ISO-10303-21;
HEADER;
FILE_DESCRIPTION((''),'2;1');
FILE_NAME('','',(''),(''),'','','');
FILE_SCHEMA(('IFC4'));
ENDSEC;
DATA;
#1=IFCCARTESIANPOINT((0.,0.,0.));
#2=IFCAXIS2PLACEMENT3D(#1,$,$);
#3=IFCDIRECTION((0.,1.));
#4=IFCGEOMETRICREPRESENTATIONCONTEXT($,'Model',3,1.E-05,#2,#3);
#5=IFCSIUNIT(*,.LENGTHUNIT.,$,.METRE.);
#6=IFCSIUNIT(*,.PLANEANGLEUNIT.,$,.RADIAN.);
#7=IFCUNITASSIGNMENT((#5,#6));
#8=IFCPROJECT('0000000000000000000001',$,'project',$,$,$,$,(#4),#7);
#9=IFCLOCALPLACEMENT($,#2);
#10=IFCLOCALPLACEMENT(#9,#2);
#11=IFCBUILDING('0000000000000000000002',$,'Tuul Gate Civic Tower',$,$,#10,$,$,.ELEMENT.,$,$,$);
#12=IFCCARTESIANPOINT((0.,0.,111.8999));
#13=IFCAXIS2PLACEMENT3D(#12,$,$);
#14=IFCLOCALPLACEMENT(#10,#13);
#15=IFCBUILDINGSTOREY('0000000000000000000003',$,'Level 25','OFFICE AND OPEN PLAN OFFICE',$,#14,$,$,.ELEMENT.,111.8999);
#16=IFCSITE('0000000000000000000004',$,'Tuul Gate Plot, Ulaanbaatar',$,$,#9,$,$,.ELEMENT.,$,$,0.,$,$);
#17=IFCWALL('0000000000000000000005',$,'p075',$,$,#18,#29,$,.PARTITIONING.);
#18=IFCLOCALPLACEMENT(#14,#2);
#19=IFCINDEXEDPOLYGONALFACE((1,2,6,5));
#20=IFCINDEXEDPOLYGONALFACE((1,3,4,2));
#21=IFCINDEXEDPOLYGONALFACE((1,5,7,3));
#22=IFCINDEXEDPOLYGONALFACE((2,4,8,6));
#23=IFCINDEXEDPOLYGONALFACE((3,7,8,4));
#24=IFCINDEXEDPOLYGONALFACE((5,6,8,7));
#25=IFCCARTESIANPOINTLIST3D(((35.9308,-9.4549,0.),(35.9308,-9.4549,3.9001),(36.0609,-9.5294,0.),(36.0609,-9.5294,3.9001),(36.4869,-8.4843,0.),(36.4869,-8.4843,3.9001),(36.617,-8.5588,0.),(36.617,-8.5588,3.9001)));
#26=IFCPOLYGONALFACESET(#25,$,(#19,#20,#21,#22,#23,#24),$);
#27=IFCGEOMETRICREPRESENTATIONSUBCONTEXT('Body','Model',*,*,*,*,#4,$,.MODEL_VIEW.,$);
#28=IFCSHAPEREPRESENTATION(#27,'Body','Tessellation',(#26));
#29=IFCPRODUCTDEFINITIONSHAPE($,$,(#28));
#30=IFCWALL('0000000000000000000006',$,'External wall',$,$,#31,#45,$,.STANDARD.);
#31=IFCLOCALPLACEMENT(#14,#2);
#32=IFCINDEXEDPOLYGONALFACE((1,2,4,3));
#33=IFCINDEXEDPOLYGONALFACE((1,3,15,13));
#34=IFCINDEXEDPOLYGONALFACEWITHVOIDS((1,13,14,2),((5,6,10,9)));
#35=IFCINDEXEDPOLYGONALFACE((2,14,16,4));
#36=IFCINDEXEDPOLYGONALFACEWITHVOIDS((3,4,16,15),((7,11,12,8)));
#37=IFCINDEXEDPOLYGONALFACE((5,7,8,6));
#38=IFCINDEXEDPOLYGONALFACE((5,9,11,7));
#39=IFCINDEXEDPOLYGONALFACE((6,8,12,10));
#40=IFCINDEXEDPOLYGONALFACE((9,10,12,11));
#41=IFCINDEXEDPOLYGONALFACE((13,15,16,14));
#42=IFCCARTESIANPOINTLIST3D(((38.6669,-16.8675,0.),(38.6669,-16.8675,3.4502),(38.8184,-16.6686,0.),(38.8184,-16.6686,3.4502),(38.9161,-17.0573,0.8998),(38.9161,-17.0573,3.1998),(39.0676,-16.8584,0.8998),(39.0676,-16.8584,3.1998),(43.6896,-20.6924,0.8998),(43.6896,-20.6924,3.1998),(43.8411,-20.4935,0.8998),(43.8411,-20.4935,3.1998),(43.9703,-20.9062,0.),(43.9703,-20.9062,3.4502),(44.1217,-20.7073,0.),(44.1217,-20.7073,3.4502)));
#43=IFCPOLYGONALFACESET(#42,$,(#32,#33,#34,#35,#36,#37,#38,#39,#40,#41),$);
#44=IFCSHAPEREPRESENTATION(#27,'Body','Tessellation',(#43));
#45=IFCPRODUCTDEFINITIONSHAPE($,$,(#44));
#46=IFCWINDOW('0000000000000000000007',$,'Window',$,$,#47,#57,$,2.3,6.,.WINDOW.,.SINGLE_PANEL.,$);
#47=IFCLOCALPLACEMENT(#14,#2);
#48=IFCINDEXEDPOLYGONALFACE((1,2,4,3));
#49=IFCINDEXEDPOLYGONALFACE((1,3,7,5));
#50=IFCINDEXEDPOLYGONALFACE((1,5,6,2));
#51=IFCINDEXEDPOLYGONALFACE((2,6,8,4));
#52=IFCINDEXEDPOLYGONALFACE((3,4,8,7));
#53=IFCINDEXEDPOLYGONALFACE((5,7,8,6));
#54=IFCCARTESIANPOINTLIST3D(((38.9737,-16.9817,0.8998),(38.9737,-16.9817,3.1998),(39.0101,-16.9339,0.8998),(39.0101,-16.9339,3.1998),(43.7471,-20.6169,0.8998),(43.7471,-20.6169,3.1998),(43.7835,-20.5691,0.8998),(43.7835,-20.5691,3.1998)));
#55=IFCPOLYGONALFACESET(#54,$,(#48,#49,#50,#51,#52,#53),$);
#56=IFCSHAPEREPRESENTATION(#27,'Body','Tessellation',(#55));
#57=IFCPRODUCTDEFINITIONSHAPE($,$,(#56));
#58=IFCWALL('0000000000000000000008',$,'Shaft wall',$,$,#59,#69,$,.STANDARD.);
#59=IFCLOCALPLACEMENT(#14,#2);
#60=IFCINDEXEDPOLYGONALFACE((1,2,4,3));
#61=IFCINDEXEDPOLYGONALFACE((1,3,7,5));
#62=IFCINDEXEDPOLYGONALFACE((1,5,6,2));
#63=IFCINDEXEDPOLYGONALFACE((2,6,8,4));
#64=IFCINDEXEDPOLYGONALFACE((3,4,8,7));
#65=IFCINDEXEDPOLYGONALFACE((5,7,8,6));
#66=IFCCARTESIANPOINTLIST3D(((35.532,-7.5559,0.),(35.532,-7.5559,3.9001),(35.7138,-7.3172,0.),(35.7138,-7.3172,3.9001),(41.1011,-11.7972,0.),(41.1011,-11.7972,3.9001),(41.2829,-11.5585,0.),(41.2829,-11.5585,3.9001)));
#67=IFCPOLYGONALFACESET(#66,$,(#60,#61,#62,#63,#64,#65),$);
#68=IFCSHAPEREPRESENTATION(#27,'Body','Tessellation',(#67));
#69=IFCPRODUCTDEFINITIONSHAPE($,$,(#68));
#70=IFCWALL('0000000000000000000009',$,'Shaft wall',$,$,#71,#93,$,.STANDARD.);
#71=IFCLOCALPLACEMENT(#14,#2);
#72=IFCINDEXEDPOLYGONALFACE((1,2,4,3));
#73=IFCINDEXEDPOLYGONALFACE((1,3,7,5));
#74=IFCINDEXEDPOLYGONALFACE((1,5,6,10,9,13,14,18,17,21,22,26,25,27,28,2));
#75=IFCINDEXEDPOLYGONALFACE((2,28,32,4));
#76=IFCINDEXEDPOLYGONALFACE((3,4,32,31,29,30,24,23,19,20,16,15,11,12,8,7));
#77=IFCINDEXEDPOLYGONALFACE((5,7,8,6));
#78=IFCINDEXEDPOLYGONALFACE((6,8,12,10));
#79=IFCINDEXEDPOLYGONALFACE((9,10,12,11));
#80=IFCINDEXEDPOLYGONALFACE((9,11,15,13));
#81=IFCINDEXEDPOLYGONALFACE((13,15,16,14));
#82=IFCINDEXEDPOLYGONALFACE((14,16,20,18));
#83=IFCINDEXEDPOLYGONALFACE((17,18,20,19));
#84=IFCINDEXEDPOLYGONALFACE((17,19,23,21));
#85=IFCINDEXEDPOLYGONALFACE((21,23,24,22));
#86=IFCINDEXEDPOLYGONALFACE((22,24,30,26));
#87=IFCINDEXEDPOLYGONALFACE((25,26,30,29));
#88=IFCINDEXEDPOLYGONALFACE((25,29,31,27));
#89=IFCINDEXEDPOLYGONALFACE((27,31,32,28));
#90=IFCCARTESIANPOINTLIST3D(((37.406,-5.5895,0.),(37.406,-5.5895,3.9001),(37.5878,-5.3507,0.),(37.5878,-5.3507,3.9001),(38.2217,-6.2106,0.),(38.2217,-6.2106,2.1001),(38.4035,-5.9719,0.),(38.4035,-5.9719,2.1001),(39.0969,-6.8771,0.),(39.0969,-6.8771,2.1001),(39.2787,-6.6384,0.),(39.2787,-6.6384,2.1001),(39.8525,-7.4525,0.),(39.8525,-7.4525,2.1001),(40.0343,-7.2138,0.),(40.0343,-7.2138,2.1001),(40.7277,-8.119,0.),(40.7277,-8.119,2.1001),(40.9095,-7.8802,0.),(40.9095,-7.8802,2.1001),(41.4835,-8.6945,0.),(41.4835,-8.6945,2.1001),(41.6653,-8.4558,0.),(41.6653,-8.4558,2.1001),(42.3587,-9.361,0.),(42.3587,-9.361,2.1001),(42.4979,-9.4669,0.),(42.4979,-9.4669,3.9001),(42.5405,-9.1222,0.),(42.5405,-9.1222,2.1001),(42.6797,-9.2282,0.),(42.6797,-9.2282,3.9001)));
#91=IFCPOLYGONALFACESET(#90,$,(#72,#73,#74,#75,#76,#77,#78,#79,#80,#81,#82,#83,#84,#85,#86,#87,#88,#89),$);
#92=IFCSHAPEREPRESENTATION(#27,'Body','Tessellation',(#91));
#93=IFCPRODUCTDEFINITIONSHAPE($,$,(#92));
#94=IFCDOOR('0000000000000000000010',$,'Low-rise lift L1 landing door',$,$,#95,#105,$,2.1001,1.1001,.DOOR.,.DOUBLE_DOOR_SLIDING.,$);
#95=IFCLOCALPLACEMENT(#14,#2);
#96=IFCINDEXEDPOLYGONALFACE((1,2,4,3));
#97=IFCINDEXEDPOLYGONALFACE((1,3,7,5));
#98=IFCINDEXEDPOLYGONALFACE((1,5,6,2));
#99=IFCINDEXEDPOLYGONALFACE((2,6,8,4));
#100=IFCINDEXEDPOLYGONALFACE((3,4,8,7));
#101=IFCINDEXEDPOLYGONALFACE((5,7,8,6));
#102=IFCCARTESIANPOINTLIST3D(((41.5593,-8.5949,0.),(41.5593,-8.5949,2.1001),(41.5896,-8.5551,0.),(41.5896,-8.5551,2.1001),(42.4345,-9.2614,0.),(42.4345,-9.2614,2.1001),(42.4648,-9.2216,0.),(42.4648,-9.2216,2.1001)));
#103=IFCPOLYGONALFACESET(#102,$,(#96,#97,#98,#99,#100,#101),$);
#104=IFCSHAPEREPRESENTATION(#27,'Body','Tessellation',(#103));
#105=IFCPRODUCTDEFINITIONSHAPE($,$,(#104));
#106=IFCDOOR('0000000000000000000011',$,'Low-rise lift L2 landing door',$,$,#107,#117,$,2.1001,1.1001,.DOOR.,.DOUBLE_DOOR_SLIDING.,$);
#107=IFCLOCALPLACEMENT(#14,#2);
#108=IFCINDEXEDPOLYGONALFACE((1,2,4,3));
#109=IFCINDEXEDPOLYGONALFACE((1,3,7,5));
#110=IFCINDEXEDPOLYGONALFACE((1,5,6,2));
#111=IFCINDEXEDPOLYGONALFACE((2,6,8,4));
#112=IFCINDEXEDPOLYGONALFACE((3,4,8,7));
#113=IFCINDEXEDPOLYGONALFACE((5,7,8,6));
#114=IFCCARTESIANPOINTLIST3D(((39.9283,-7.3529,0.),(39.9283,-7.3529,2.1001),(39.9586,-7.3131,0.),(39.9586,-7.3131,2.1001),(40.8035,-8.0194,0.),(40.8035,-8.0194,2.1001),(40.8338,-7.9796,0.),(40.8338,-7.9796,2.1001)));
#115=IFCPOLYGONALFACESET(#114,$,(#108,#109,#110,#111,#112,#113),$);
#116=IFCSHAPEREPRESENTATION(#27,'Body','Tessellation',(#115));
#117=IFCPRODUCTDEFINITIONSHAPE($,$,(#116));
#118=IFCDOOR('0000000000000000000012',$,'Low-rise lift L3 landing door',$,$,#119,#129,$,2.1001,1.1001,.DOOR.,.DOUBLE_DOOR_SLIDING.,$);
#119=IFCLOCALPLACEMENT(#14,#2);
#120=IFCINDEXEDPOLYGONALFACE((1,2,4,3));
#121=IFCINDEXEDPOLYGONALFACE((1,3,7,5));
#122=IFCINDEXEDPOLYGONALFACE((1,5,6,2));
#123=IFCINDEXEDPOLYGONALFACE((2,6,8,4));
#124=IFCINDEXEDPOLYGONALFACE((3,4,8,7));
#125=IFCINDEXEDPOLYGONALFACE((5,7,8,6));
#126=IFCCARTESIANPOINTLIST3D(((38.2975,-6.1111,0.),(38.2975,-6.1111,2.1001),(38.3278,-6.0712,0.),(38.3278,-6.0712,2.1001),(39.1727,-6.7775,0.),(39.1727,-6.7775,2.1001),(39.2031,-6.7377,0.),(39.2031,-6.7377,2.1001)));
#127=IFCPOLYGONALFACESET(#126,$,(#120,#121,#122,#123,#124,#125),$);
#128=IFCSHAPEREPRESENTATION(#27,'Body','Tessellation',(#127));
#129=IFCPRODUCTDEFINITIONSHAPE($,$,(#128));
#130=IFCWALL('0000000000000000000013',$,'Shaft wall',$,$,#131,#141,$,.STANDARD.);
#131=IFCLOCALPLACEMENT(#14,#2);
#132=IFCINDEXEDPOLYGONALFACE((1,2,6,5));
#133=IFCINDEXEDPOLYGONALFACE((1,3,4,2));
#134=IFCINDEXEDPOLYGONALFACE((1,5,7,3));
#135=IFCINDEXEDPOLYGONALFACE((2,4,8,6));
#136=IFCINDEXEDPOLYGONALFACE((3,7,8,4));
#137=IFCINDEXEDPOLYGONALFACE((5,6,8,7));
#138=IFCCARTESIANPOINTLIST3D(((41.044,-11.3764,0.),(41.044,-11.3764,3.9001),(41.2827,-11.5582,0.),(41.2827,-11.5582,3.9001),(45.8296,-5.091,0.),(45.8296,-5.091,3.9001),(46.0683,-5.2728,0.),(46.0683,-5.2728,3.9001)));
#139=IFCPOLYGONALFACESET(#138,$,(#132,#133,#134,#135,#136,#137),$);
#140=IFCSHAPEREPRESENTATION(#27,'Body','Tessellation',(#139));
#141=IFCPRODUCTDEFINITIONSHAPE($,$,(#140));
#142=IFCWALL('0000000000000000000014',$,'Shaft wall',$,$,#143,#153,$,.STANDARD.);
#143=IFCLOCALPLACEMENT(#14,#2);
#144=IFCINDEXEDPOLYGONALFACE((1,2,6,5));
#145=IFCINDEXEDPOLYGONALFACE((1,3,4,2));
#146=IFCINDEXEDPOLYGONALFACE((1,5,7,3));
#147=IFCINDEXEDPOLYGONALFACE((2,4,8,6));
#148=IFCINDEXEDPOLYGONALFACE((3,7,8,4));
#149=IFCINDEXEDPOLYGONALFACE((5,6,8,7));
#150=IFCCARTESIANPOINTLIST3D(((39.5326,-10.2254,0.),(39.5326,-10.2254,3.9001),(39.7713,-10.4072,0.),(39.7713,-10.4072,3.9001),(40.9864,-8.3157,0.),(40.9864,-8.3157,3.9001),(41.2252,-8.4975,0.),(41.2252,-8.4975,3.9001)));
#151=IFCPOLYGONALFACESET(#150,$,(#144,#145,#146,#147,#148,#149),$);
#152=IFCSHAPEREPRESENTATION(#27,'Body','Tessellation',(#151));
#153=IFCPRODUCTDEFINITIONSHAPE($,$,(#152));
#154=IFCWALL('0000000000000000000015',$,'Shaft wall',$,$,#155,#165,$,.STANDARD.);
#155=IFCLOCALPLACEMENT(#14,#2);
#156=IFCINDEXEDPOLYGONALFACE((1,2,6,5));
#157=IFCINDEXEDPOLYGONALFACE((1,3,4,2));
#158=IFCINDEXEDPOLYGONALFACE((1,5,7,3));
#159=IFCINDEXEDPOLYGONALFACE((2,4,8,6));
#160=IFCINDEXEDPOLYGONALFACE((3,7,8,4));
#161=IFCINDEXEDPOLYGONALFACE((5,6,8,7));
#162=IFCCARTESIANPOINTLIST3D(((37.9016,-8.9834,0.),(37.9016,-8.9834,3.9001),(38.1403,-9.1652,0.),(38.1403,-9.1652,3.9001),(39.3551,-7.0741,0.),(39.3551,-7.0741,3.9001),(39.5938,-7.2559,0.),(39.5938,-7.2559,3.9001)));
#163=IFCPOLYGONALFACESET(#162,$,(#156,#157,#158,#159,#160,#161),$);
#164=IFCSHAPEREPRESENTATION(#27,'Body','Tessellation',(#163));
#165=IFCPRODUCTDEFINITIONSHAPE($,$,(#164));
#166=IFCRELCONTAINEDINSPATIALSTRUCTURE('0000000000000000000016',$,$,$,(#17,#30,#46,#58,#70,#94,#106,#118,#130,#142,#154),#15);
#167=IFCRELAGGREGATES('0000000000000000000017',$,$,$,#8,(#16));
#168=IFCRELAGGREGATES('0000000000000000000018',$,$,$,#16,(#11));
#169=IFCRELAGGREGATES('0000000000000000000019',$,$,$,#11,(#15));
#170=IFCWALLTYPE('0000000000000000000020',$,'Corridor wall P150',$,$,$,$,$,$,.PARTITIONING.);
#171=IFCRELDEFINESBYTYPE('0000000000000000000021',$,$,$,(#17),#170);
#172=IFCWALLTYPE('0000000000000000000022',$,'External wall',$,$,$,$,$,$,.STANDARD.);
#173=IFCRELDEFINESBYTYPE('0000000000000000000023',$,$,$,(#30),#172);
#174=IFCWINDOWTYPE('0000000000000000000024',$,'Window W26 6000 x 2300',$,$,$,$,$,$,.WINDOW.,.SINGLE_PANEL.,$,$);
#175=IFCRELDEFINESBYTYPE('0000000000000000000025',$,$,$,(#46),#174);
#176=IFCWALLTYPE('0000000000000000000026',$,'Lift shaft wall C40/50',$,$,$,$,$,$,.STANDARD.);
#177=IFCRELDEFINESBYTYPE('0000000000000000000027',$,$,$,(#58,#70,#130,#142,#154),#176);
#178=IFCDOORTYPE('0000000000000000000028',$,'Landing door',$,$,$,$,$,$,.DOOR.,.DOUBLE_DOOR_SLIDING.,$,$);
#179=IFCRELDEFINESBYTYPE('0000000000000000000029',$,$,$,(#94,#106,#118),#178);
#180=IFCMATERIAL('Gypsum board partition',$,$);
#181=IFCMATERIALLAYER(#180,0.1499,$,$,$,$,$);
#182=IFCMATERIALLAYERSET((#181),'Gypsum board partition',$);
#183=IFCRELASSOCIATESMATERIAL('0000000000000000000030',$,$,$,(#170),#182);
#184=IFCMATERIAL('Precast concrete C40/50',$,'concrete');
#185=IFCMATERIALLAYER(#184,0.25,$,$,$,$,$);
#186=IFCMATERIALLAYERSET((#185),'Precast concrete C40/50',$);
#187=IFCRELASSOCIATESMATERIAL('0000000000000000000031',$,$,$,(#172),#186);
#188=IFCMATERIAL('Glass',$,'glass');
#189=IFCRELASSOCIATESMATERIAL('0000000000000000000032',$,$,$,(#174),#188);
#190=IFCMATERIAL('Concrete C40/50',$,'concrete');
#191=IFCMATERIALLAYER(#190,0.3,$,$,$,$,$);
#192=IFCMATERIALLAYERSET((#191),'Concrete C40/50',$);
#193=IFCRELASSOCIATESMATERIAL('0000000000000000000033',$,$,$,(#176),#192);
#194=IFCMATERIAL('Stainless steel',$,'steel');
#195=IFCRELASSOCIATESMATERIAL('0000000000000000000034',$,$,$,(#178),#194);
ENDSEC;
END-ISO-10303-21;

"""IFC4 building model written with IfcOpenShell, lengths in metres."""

from ifc_helpers import new_model, si_unit, direction, frame, frame_2d, origin, place, context, subcontext, project, spatial, rectangle, extrude, material, layer, layer_set, type_object, element, fill, save


model = new_model("IFC4")

# Units and contexts
model_context = context("Model", 3, precision=1e-05, world=origin(), true_north=direction((0.0, 1.0)))
body_context = subcontext(model_context, "Body", "Model", "MODEL_VIEW")
ifc_project = project(units=[si_unit("LENGTHUNIT", "METRE"), si_unit("PLANEANGLEUNIT", "RADIAN")], contexts=[model_context])

# Site, building, storey
site_placement = place(None, origin())
site = spatial("IfcSite", under=ifc_project, at=site_placement, Name="Tuul Gate Plot, Ulaanbaatar", CompositionType="ELEMENT", RefElevation=0.0)
building_placement = place(site_placement, origin())
building = spatial("IfcBuilding", under=site, at=building_placement, Name="Tuul Gate Civic Tower", CompositionType="ELEMENT")
storey_placement = place(building_placement, frame((0.0, 0.0, 111.8999)))
storey = spatial("IfcBuildingStorey", under=building, at=storey_placement, Name="Level 25", Description="OFFICE AND OPEN PLAN OFFICE", CompositionType="ELEMENT", Elevation=111.8999)

# Shared definitions
ifc_material_1 = material(Name="Gypsum board partition")
ifc_layer_1 = layer(ifc_material_1, 0.1499)
ifc_layer_set_1 = layer_set([ifc_layer_1], Name="Gypsum board partition")
wall_type_1 = type_object("IfcWallType", Name="Corridor wall P150", PredefinedType="PARTITIONING", material=ifc_layer_set_1)

# Wall
wall_1_placement = place(storey_placement, frame((35.9958, -9.4922, 0.0), z_axis=(0.0, 0.0, 1.0), x_axis=(0.497126, 0.867679, 0.0)))
element("IfcWall", 1, at=wall_1_placement, inside=storey, type_object=wall_type_1, Name="p075", PredefinedType="PARTITIONING", context=body_context, shape_type="SweptSolid", body=[
    extrude(rectangle(XDim=1.1187, YDim=0.1499, at=frame_2d((0.5593, 0.0))), origin(), (0.0, 0.0, 1.0), 3.9001),
])

# Wall, opening, window
ifc_material_2 = material(Name="Precast concrete C40/50", Category="concrete")
ifc_layer_2 = layer(ifc_material_2, 0.25)
ifc_layer_set_2 = layer_set([ifc_layer_2], Name="Precast concrete C40/50")
wall_type_2 = type_object("IfcWallType", Name="External wall", PredefinedType="STANDARD", material=ifc_layer_set_2)
wall_2_placement = place(storey_placement, frame((38.7427, -16.7681, 0.0), z_axis=(0.0, 0.0, 1.0), x_axis=(0.795575, -0.605856, 0.0)))
wall_2 = element("IfcWall", 2, at=wall_2_placement, inside=storey, type_object=wall_type_2, Name="External wall", PredefinedType="STANDARD", context=body_context, shape_type="SweptSolid", body=[
    extrude(rectangle(XDim=6.666, YDim=0.25, at=frame_2d((3.333, 0.0))), origin(), (0.0, 0.0, 1.0), 3.4502),
])
opening_1_placement = place(wall_2_placement, frame((0.3132, 0.0, 0.8999)))
opening_1 = element("IfcOpeningElement", 3, at=opening_1_placement, cuts=wall_2, PredefinedType="OPENING", context=body_context, shape_type="SweptSolid", body=[
    extrude(rectangle(XDim=6.0, YDim=2.3, at=frame_2d((3.0, 1.1499))), frame((0.0, 0.135, 0.0), z_axis=(0.0, -1.0, 0.0), x_axis=(1.0, 0.0, 0.0)), (0.0, 0.0, 1.0), 0.27),
])
ifc_material_3 = material(Name="Glass", Category="glass")
window_type = type_object("IfcWindowType", Name="Window W26 6000 x 2300", PartitioningType="SINGLE_PANEL", PredefinedType="WINDOW", material=ifc_material_3)
window_placement = place(opening_1_placement, origin())
window = element("IfcWindow", 4, at=window_placement, inside=storey, type_object=window_type, Name="Window", OverallHeight=2.3, OverallWidth=6.0, PartitioningType="SINGLE_PANEL", PredefinedType="WINDOW", context=body_context, shape_type="SweptSolid", body=[
    extrude(rectangle(XDim=6.0, YDim=2.3, at=frame_2d((3.0, 1.1499))), frame((0.0, 0.03, 0.0), z_axis=(0.0, -1.0, 0.0), x_axis=(1.0, 0.0, 0.0)), (0.0, 0.0, 1.0), 0.0601),
])
fill(opening_1, window)

# Wall
ifc_material_4 = material(Name="Concrete C40/50", Category="concrete")
ifc_layer_3 = layer(ifc_material_4, 0.3)
ifc_layer_set_3 = layer_set([ifc_layer_3], Name="Concrete C40/50")
wall_type_3 = type_object("IfcWallType", Name="Lift shaft wall C40/50", PredefinedType="STANDARD", material=ifc_layer_set_3)
wall_3_placement = place(storey_placement, frame((41.1919, -11.6777, 0.0), z_axis=(0.0, 0.0, 1.0), x_axis=(-0.795563, 0.605871, 0.0)))
element("IfcWall", 5, at=wall_3_placement, inside=storey, type_object=wall_type_3, Name="Shaft wall", PredefinedType="STANDARD", context=body_context, shape_type="SweptSolid", body=[
    extrude(rectangle(XDim=7.0002, YDim=0.3, at=frame_2d((3.5, 0.0))), origin(), (0.0, 0.0, 1.0), 3.9001),
])

# Wall, openings, doors
wall_4_placement = place(storey_placement, frame((42.5889, -9.3477, 0.0), z_axis=(0.0, 0.0, 1.0), x_axis=(-0.795584, 0.605843, 0.0)))
wall_4 = element("IfcWall", 6, at=wall_4_placement, inside=storey, type_object=wall_type_3, Name="Shaft wall", PredefinedType="STANDARD", context=body_context, shape_type="SweptSolid", body=[
    extrude(rectangle(XDim=6.4001, YDim=0.3, at=frame_2d((3.2002, 0.0))), origin(), (0.0, 0.0, 1.0), 3.9001),
])
opening_2_placement = place(wall_4_placement, frame((0.175, 0.0, 0.0)))
opening_2 = element("IfcOpeningElement", 7, at=opening_2_placement, cuts=wall_4, PredefinedType="OPENING", context=body_context, shape_type="SweptSolid", body=[
    extrude(rectangle(XDim=1.1001, YDim=2.1001, at=frame_2d((0.55, 1.05))), frame((0.0, 0.1602, 0.0), z_axis=(0.0, -1.0, 0.0), x_axis=(1.0, 0.0, 0.0)), (0.0, 0.0, 1.0), 0.3201),
])
opening_3_placement = place(wall_4_placement, frame((2.2251, 0.0, 0.0)))
opening_3 = element("IfcOpeningElement", 8, at=opening_3_placement, cuts=wall_4, PredefinedType="OPENING", context=body_context, shape_type="SweptSolid", body=[
    extrude(rectangle(XDim=1.1001, YDim=2.1001, at=frame_2d((0.55, 1.05))), frame((0.0, 0.1602, 0.0), z_axis=(0.0, -1.0, 0.0), x_axis=(1.0, 0.0, 0.0)), (0.0, 0.0, 1.0), 0.3201),
])
opening_4_placement = place(wall_4_placement, frame((4.2749, 0.0, 0.0)))
opening_4 = element("IfcOpeningElement", 9, at=opening_4_placement, cuts=wall_4, PredefinedType="OPENING", context=body_context, shape_type="SweptSolid", body=[
    extrude(rectangle(XDim=1.1001, YDim=2.1001, at=frame_2d((0.55, 1.05))), frame((0.0, 0.1602, 0.0), z_axis=(0.0, -1.0, 0.0), x_axis=(1.0, 0.0, 0.0)), (0.0, 0.0, 1.0), 0.3201),
])
ifc_material_5 = material(Name="Stainless steel", Category="steel")
door_type_1 = type_object("IfcDoorType", Name="Landing door", OperationType="DOUBLE_DOOR_SLIDING", PredefinedType="DOOR", material=ifc_material_5)
door_1_placement = place(opening_2_placement, origin())
door_1 = element("IfcDoor", 10, at=door_1_placement, inside=storey, type_object=door_type_1, Name="Low-rise lift L1 landing door", OperationType="DOUBLE_DOOR_SLIDING", OverallHeight=2.1001, OverallWidth=1.1001, PredefinedType="DOOR", context=body_context, shape_type="SweptSolid", body=[
    extrude(rectangle(XDim=1.1001, YDim=2.1001, at=frame_2d((0.55, 1.05))), frame((0.0, 0.0249, 0.0), z_axis=(0.0, -1.0, 0.0), x_axis=(1.0, 0.0, 0.0)), (0.0, 0.0, 1.0), 0.05),
])
fill(opening_2, door_1)
door_2_placement = place(opening_3_placement, origin())
door_2 = element("IfcDoor", 11, at=door_2_placement, inside=storey, type_object=door_type_1, Name="Low-rise lift L2 landing door", OperationType="DOUBLE_DOOR_SLIDING", OverallHeight=2.1001, OverallWidth=1.1001, PredefinedType="DOOR", context=body_context, shape_type="SweptSolid", body=[
    extrude(rectangle(XDim=1.1001, YDim=2.1001, at=frame_2d((0.55, 1.05))), frame((0.0, 0.0249, 0.0), z_axis=(0.0, -1.0, 0.0), x_axis=(1.0, 0.0, 0.0)), (0.0, 0.0, 1.0), 0.05),
])
fill(opening_3, door_2)
door_3_placement = place(opening_4_placement, origin())
door_3 = element("IfcDoor", 12, at=door_3_placement, inside=storey, type_object=door_type_1, Name="Low-rise lift L3 landing door", OperationType="DOUBLE_DOOR_SLIDING", OverallHeight=2.1001, OverallWidth=1.1001, PredefinedType="DOOR", context=body_context, shape_type="SweptSolid", body=[
    extrude(rectangle(XDim=1.1001, YDim=2.1001, at=frame_2d((0.55, 1.05))), frame((0.0, 0.0249, 0.0), z_axis=(0.0, -1.0, 0.0), x_axis=(1.0, 0.0, 0.0)), (0.0, 0.0, 1.0), 0.05),
])
fill(opening_4, door_3)

# Walls
wall_5_placement = place(storey_placement, frame((41.1633, -11.4673, 0.0), z_axis=(0.0, 0.0, 1.0), x_axis=(0.605784, 0.795629, 0.0)))
element("IfcWall", 13, at=wall_5_placement, inside=storey, type_object=wall_type_3, Name="Shaft wall", PredefinedType="STANDARD", context=body_context, shape_type="SweptSolid", body=[
    extrude(rectangle(XDim=7.8999, YDim=0.3, at=frame_2d((3.95, 0.0))), origin(), (0.0, 0.0, 1.0), 3.9001),
])
wall_6_placement = place(storey_placement, frame((39.6519, -10.3164, 0.0), z_axis=(0.0, 0.0, 1.0), x_axis=(0.605746, 0.795658, 0.0)))
element("IfcWall", 14, at=wall_6_placement, inside=storey, type_object=wall_type_3, Name="Shaft wall", PredefinedType="STANDARD", context=body_context, shape_type="SweptSolid", body=[
    extrude(rectangle(XDim=2.4001, YDim=0.3, at=frame_2d((1.2002, 0.0))), origin(), (0.0, 0.0, 1.0), 3.9001),
])
wall_7_placement = place(storey_placement, frame((38.021, -9.0742, 0.0), z_axis=(0.0, 0.0, 1.0), x_axis=(0.605731, 0.79567, 0.0)))
element("IfcWall", 15, at=wall_7_placement, inside=storey, type_object=wall_type_3, Name="Shaft wall", PredefinedType="STANDARD", context=body_context, shape_type="SweptSolid", body=[
    extrude(rectangle(XDim=2.3997, YDim=0.3, at=frame_2d((1.1997, 0.0))), origin(), (0.0, 0.0, 1.0), 3.9001),
])

save(model, "model.ifc")
